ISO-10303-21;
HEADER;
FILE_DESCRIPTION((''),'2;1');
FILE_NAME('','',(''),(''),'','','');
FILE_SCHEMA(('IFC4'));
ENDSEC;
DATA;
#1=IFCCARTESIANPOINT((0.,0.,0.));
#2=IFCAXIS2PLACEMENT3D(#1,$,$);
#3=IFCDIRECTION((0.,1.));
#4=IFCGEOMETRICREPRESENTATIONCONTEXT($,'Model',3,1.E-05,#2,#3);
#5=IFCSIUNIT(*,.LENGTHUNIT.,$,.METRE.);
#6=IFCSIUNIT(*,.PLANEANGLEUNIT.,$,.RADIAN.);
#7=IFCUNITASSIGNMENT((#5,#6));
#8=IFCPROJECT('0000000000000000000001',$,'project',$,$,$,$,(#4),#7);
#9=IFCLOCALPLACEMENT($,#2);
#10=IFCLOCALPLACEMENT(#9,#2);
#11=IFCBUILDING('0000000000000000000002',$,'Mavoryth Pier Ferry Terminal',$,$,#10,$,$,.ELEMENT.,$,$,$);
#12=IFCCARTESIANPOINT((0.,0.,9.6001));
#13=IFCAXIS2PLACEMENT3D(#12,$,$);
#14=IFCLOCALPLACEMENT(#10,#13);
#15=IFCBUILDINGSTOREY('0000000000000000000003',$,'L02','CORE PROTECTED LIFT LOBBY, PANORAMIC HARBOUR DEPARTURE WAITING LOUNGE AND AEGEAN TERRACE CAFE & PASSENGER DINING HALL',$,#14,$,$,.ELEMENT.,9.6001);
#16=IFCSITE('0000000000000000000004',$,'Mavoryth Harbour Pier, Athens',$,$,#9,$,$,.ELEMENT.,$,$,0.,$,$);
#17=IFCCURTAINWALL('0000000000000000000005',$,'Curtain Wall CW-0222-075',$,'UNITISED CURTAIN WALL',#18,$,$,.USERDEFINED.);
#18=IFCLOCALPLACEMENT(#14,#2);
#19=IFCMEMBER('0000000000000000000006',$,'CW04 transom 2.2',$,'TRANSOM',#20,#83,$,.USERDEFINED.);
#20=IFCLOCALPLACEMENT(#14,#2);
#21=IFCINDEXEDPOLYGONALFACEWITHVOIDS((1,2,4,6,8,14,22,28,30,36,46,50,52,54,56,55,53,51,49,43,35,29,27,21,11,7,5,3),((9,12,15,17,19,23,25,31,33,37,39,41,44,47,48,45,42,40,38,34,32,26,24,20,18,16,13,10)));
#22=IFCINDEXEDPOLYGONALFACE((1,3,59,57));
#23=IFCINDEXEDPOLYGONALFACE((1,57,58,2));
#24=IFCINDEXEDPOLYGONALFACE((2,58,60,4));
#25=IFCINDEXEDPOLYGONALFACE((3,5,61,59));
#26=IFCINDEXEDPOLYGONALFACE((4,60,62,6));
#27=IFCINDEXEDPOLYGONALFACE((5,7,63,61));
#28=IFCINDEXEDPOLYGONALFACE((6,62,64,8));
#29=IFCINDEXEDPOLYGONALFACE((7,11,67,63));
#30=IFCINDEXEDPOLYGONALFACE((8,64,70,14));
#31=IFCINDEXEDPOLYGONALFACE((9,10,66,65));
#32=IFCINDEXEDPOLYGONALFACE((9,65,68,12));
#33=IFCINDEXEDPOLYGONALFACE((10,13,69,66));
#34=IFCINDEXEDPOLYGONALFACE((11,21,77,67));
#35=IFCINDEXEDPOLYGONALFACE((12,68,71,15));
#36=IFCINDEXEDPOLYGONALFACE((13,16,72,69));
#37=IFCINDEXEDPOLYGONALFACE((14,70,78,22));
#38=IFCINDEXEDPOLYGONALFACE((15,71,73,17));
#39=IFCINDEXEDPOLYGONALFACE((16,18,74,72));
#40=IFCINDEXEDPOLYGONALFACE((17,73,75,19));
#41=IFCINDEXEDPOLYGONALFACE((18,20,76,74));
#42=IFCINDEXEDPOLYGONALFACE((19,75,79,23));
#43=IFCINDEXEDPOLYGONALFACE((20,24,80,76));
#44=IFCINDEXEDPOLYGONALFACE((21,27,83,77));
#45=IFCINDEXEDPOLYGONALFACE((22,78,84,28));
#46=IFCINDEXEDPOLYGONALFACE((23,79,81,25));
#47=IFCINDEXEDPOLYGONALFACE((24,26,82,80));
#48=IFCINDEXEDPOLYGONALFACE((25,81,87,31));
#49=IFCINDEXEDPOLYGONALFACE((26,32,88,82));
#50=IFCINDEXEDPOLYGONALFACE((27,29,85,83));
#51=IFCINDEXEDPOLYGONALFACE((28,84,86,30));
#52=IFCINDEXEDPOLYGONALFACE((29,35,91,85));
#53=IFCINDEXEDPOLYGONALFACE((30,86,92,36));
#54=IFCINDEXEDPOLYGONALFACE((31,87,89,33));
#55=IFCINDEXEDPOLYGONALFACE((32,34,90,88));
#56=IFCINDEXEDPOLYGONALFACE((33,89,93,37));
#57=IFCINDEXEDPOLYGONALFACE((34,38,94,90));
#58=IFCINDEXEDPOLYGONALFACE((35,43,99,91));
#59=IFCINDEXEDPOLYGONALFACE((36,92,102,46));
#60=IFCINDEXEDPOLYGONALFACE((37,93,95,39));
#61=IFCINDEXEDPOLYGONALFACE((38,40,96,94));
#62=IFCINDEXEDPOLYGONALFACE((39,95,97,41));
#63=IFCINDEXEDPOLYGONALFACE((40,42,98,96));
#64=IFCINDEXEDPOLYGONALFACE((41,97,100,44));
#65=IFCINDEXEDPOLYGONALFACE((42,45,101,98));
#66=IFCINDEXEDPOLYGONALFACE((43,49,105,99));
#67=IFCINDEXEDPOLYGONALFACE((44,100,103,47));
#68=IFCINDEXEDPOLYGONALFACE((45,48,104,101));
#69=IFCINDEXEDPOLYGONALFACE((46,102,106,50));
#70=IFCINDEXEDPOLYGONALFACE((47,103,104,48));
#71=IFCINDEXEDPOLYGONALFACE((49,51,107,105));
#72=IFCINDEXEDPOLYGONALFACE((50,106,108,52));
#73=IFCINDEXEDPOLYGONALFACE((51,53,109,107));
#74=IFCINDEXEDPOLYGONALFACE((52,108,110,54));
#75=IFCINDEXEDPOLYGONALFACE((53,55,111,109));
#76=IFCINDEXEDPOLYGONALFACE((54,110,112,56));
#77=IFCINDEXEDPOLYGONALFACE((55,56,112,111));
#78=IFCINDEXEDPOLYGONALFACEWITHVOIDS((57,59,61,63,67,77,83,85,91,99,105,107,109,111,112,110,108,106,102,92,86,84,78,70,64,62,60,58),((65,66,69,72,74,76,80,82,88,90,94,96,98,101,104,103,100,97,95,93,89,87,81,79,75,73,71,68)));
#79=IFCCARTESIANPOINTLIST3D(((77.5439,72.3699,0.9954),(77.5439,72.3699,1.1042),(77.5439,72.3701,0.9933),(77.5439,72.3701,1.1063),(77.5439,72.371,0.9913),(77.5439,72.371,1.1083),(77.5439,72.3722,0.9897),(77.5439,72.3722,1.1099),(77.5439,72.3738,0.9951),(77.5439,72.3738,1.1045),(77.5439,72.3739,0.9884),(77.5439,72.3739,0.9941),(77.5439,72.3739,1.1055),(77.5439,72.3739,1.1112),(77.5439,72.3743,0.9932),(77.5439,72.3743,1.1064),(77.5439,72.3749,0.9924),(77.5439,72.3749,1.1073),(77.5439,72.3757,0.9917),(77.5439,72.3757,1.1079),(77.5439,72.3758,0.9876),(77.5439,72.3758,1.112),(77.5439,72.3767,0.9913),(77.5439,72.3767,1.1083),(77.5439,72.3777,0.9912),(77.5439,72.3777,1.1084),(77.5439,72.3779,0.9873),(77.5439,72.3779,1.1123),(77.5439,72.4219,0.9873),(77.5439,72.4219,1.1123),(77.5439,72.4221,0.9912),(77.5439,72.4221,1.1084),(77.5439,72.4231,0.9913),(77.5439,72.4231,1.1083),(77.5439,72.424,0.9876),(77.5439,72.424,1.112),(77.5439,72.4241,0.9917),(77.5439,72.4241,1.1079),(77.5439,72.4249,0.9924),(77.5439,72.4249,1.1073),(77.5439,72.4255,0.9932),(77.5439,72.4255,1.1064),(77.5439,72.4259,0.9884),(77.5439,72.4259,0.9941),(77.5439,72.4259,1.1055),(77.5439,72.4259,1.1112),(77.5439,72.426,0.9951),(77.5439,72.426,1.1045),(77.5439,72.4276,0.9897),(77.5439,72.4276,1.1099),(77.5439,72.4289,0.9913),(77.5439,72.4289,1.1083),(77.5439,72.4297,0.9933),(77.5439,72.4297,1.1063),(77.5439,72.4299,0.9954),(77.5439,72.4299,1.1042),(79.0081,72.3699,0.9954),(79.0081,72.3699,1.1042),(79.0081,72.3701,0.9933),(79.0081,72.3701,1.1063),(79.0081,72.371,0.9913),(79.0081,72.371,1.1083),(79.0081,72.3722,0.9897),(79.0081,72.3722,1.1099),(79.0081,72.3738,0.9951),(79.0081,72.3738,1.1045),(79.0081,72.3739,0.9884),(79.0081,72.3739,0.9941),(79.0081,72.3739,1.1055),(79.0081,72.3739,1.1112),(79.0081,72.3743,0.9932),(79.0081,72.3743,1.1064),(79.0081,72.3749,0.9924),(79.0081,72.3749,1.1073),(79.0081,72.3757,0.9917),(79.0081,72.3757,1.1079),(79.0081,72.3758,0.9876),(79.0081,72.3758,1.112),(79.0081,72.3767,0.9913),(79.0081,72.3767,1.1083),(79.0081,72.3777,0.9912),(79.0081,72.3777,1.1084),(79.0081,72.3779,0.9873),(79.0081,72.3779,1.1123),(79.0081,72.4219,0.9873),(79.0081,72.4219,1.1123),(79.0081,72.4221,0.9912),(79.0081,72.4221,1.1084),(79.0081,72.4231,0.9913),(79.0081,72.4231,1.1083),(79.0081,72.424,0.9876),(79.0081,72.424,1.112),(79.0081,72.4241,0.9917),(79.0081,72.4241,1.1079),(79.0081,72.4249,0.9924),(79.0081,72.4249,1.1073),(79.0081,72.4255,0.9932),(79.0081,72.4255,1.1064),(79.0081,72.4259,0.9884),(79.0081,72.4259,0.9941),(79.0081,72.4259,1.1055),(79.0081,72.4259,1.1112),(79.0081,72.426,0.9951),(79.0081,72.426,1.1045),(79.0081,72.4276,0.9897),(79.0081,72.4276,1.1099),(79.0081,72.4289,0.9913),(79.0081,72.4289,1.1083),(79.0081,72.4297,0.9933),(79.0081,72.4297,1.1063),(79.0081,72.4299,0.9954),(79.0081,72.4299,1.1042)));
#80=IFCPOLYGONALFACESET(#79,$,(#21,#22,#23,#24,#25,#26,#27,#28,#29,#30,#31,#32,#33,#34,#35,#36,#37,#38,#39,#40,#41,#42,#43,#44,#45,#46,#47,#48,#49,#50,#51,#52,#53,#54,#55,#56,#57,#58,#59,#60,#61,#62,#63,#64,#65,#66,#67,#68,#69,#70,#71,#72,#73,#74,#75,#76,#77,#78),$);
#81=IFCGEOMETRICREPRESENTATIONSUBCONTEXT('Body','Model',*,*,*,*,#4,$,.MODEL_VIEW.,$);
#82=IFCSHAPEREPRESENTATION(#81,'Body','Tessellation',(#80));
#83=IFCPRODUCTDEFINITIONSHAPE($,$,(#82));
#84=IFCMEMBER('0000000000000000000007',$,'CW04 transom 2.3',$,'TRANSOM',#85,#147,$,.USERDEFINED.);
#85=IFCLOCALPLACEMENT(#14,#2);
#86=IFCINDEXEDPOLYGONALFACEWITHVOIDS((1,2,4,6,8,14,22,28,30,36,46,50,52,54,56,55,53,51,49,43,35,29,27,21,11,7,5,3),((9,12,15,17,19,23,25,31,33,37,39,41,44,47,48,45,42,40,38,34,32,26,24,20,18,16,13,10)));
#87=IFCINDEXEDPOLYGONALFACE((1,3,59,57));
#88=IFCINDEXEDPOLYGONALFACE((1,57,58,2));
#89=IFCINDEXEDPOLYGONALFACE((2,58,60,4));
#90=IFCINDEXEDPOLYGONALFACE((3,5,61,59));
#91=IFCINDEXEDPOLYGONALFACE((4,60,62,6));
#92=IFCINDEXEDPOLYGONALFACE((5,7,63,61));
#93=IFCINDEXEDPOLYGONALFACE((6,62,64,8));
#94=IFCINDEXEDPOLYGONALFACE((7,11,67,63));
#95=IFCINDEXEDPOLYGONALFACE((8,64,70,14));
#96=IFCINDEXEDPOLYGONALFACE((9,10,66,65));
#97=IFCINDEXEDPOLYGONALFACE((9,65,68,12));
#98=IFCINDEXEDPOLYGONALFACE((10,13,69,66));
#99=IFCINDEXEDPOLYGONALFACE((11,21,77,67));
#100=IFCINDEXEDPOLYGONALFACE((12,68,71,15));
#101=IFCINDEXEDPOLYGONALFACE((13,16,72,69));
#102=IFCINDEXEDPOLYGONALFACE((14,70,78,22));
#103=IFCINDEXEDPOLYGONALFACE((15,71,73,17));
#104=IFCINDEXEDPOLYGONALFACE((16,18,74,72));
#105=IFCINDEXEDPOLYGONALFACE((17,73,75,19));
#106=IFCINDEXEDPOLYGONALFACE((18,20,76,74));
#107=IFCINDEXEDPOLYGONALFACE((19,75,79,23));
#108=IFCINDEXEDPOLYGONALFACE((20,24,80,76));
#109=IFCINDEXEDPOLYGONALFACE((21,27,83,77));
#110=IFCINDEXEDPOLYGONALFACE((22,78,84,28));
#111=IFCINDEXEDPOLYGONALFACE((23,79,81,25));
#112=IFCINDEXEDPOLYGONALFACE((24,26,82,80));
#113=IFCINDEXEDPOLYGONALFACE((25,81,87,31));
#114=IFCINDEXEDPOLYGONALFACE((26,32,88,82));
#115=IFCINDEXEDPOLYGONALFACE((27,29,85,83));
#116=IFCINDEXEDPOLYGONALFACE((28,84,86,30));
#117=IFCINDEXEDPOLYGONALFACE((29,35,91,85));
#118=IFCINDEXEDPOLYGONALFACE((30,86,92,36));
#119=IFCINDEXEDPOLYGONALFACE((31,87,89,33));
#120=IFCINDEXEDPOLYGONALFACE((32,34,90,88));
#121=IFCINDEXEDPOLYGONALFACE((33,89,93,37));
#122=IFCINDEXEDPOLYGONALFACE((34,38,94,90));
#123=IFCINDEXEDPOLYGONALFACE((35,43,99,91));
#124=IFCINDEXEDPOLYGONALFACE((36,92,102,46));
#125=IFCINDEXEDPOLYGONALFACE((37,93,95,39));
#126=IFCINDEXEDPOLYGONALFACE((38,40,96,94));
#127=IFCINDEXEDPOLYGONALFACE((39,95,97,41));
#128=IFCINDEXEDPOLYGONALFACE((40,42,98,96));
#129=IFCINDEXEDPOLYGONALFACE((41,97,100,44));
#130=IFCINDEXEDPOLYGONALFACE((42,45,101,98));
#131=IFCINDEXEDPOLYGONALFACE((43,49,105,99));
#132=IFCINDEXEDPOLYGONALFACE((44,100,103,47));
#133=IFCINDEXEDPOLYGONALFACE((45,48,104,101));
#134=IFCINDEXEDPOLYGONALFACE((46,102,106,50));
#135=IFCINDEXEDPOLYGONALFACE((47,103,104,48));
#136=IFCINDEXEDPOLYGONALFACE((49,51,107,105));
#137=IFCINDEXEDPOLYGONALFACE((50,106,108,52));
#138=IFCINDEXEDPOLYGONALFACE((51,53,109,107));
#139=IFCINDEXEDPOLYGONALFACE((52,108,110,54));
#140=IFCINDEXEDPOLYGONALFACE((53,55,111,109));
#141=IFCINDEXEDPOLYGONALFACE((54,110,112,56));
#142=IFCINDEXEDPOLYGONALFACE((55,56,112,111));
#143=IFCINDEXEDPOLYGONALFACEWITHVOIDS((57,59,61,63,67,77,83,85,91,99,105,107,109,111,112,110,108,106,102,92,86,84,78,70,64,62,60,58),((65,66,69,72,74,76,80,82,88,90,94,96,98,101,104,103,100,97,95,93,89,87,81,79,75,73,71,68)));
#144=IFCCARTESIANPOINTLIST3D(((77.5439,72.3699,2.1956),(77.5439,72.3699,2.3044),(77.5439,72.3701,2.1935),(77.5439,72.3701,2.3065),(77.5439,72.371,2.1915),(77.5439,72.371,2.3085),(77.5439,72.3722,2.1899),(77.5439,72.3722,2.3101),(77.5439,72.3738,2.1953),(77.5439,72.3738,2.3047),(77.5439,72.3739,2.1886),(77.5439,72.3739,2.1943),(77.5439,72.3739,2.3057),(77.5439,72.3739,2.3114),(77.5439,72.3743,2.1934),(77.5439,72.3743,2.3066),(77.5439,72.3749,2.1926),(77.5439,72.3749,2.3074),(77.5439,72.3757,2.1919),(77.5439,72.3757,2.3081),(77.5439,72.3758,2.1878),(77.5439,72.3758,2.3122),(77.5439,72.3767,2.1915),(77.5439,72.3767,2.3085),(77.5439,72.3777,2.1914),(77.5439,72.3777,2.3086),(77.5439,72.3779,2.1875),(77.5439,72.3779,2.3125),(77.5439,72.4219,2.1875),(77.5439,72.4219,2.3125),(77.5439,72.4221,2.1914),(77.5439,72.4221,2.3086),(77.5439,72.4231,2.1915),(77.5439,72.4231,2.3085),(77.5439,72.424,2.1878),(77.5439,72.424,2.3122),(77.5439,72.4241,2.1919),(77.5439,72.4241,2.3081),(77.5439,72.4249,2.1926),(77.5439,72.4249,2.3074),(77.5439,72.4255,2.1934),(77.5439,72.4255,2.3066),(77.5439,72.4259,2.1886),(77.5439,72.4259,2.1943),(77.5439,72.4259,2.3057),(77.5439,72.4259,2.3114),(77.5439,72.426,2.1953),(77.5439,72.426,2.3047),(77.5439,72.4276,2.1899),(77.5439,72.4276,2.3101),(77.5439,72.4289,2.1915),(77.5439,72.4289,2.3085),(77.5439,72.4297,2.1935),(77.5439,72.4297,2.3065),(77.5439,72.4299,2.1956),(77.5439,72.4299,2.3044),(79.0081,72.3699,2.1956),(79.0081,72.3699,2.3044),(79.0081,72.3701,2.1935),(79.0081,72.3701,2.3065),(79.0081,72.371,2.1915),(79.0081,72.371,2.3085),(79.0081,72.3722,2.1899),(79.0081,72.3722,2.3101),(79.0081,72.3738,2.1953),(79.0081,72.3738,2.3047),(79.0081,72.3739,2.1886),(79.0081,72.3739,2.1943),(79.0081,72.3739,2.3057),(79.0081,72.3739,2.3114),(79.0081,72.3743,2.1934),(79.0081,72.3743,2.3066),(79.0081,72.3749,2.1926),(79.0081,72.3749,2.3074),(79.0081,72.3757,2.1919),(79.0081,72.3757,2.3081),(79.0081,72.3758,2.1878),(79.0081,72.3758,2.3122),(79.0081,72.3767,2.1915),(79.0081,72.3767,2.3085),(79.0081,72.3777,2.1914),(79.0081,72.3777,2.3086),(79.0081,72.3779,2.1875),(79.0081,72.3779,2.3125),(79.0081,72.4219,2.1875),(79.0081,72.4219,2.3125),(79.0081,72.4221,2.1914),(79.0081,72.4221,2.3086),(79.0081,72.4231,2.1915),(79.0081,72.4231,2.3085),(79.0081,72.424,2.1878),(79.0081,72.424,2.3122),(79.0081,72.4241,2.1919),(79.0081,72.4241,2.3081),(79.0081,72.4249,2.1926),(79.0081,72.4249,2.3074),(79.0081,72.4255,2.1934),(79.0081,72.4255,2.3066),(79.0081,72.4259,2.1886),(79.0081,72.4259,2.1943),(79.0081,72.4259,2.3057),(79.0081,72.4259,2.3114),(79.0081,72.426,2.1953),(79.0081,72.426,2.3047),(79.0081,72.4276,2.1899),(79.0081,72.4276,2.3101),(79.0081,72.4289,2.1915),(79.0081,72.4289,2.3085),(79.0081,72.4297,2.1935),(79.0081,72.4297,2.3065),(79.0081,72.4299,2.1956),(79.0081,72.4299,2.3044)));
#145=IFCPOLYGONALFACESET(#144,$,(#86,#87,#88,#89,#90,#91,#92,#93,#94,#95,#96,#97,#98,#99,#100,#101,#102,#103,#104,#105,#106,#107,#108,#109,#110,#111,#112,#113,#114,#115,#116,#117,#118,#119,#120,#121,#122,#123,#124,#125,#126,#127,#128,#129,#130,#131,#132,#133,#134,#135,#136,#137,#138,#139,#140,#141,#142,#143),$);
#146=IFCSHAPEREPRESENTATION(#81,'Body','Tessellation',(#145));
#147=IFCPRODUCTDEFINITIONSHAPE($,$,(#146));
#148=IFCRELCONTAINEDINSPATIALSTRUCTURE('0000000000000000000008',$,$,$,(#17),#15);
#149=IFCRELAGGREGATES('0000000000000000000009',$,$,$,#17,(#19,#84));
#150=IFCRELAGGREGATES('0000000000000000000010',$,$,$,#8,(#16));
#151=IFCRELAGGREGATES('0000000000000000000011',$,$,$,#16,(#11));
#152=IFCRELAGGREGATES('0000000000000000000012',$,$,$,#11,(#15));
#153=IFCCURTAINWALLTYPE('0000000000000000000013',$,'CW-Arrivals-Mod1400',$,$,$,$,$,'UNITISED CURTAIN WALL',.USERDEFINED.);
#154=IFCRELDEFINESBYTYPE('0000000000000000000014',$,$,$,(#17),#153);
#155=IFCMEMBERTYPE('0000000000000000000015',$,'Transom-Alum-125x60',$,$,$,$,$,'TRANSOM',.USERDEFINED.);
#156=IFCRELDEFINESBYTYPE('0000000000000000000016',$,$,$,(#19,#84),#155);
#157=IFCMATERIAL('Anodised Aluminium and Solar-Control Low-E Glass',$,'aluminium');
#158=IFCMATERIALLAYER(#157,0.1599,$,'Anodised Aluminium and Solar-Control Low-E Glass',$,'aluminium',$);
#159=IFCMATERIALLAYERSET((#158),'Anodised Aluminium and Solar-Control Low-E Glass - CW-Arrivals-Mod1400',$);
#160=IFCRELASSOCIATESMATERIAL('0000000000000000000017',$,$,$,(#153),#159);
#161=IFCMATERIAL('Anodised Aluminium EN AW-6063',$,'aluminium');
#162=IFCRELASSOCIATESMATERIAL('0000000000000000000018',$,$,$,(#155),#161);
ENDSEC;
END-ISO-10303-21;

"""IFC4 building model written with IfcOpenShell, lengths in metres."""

from ifc_helpers import new_model, si_unit, direction, frame, origin, origin_2d, place, context, subcontext, project, spatial, hollow_rectangle, extrude, material, layer, layer_set, material_profile, profile_set, type_object, element, aggregate, save


model = new_model("IFC4")

# Units and contexts
model_context = context("Model", 3, precision=1e-05, world=origin(), true_north=direction((0.0, 1.0)))
body_context = subcontext(model_context, "Body", "Model", "MODEL_VIEW")
ifc_project = project(units=[si_unit("LENGTHUNIT", "METRE"), si_unit("PLANEANGLEUNIT", "RADIAN")], contexts=[model_context])

# Site, building, storey
site_placement = place(None, origin())
site = spatial("IfcSite", under=ifc_project, at=site_placement, Name="Mavoryth Harbour Pier, Athens", CompositionType="ELEMENT", RefElevation=0.0)
building_placement = place(site_placement, origin())
building = spatial("IfcBuilding", under=site, at=building_placement, Name="Mavoryth Pier Ferry Terminal", CompositionType="ELEMENT")
storey_placement = place(building_placement, frame((0.0, 0.0, 9.6001)))
storey = spatial("IfcBuildingStorey", under=building, at=storey_placement, Name="L02", Description="CORE PROTECTED LIFT LOBBY, PANORAMIC HARBOUR DEPARTURE WAITING LOUNGE AND AEGEAN TERRACE CAFE & PASSENGER DINING HALL", CompositionType="ELEMENT", Elevation=9.6001)

# Curtain wall, members
ifc_material_1 = material(Name="Anodised Aluminium and Solar-Control Low-E Glass", Category="aluminium")
ifc_layer_1 = layer(ifc_material_1, 0.1599, Name="Anodised Aluminium and Solar-Control Low-E Glass", Category="aluminium")
ifc_layer_set_1 = layer_set([ifc_layer_1], Name="Anodised Aluminium and Solar-Control Low-E Glass - CW-Arrivals-Mod1400")
curtain_wall_type = type_object("IfcCurtainWallType", Name="CW-Arrivals-Mod1400", ElementType="UNITISED CURTAIN WALL", PredefinedType="USERDEFINED", material=ifc_layer_set_1)
curtain_wall_placement = place(storey_placement, origin())
curtain_wall = element("IfcCurtainWall", 1, at=curtain_wall_placement, inside=storey, type_object=curtain_wall_type, Name="Curtain Wall CW-0222-075", ObjectType="UNITISED CURTAIN WALL", PredefinedType="USERDEFINED")
ifc_material_2 = material(Name="Anodised Aluminium EN AW-6063", Category="aluminium")
ifc_material_profile_1 = material_profile(ifc_material_2, hollow_rectangle(XDim=0.0601, YDim=0.125, WallThickness=0.0039, InnerFilletRadius=0.0039, OuterFilletRadius=0.0081, at=origin_2d()), Name="AL-TRAN 125x60x4", Category="aluminium")
ifc_profile_set_1 = profile_set([ifc_material_profile_1], Name="Anodised Aluminium EN AW-6063 - AL-TRAN 125x60x4")
member_type_1 = type_object("IfcMemberType", Name="Transom-Alum-125x60", ElementType="TRANSOM", PredefinedType="USERDEFINED", material=ifc_profile_set_1)
member_1_placement = place(storey_placement, frame((77.5439, 72.3999, 1.0498), z_axis=(1.0, 0.0, 0.0), x_axis=(0.0, 1.0, 0.0)))
member_1 = element("IfcMember", 2, at=member_1_placement, type_object=member_type_1, Name="CW04 transom 2.2", ObjectType="TRANSOM", PredefinedType="USERDEFINED", context=body_context, shape_type="SweptSolid", body=[
    extrude(hollow_rectangle(XDim=0.0601, YDim=0.125, WallThickness=0.0039, InnerFilletRadius=0.0039, OuterFilletRadius=0.0081, at=origin_2d()), origin(), (0.0, 0.0, 1.0), 1.4641),
])
member_2_placement = place(storey_placement, frame((77.5439, 72.3999, 2.25), z_axis=(1.0, 0.0, 0.0), x_axis=(0.0, 1.0, 0.0)))
member_2 = element("IfcMember", 3, at=member_2_placement, type_object=member_type_1, Name="CW04 transom 2.3", ObjectType="TRANSOM", PredefinedType="USERDEFINED", context=body_context, shape_type="SweptSolid", body=[
    extrude(hollow_rectangle(XDim=0.0601, YDim=0.125, WallThickness=0.0039, InnerFilletRadius=0.0039, OuterFilletRadius=0.0081, at=origin_2d()), origin(), (0.0, 0.0, 1.0), 1.4641),
])
aggregate(curtain_wall, [member_1, member_2])

save(model, "model.ifc")
